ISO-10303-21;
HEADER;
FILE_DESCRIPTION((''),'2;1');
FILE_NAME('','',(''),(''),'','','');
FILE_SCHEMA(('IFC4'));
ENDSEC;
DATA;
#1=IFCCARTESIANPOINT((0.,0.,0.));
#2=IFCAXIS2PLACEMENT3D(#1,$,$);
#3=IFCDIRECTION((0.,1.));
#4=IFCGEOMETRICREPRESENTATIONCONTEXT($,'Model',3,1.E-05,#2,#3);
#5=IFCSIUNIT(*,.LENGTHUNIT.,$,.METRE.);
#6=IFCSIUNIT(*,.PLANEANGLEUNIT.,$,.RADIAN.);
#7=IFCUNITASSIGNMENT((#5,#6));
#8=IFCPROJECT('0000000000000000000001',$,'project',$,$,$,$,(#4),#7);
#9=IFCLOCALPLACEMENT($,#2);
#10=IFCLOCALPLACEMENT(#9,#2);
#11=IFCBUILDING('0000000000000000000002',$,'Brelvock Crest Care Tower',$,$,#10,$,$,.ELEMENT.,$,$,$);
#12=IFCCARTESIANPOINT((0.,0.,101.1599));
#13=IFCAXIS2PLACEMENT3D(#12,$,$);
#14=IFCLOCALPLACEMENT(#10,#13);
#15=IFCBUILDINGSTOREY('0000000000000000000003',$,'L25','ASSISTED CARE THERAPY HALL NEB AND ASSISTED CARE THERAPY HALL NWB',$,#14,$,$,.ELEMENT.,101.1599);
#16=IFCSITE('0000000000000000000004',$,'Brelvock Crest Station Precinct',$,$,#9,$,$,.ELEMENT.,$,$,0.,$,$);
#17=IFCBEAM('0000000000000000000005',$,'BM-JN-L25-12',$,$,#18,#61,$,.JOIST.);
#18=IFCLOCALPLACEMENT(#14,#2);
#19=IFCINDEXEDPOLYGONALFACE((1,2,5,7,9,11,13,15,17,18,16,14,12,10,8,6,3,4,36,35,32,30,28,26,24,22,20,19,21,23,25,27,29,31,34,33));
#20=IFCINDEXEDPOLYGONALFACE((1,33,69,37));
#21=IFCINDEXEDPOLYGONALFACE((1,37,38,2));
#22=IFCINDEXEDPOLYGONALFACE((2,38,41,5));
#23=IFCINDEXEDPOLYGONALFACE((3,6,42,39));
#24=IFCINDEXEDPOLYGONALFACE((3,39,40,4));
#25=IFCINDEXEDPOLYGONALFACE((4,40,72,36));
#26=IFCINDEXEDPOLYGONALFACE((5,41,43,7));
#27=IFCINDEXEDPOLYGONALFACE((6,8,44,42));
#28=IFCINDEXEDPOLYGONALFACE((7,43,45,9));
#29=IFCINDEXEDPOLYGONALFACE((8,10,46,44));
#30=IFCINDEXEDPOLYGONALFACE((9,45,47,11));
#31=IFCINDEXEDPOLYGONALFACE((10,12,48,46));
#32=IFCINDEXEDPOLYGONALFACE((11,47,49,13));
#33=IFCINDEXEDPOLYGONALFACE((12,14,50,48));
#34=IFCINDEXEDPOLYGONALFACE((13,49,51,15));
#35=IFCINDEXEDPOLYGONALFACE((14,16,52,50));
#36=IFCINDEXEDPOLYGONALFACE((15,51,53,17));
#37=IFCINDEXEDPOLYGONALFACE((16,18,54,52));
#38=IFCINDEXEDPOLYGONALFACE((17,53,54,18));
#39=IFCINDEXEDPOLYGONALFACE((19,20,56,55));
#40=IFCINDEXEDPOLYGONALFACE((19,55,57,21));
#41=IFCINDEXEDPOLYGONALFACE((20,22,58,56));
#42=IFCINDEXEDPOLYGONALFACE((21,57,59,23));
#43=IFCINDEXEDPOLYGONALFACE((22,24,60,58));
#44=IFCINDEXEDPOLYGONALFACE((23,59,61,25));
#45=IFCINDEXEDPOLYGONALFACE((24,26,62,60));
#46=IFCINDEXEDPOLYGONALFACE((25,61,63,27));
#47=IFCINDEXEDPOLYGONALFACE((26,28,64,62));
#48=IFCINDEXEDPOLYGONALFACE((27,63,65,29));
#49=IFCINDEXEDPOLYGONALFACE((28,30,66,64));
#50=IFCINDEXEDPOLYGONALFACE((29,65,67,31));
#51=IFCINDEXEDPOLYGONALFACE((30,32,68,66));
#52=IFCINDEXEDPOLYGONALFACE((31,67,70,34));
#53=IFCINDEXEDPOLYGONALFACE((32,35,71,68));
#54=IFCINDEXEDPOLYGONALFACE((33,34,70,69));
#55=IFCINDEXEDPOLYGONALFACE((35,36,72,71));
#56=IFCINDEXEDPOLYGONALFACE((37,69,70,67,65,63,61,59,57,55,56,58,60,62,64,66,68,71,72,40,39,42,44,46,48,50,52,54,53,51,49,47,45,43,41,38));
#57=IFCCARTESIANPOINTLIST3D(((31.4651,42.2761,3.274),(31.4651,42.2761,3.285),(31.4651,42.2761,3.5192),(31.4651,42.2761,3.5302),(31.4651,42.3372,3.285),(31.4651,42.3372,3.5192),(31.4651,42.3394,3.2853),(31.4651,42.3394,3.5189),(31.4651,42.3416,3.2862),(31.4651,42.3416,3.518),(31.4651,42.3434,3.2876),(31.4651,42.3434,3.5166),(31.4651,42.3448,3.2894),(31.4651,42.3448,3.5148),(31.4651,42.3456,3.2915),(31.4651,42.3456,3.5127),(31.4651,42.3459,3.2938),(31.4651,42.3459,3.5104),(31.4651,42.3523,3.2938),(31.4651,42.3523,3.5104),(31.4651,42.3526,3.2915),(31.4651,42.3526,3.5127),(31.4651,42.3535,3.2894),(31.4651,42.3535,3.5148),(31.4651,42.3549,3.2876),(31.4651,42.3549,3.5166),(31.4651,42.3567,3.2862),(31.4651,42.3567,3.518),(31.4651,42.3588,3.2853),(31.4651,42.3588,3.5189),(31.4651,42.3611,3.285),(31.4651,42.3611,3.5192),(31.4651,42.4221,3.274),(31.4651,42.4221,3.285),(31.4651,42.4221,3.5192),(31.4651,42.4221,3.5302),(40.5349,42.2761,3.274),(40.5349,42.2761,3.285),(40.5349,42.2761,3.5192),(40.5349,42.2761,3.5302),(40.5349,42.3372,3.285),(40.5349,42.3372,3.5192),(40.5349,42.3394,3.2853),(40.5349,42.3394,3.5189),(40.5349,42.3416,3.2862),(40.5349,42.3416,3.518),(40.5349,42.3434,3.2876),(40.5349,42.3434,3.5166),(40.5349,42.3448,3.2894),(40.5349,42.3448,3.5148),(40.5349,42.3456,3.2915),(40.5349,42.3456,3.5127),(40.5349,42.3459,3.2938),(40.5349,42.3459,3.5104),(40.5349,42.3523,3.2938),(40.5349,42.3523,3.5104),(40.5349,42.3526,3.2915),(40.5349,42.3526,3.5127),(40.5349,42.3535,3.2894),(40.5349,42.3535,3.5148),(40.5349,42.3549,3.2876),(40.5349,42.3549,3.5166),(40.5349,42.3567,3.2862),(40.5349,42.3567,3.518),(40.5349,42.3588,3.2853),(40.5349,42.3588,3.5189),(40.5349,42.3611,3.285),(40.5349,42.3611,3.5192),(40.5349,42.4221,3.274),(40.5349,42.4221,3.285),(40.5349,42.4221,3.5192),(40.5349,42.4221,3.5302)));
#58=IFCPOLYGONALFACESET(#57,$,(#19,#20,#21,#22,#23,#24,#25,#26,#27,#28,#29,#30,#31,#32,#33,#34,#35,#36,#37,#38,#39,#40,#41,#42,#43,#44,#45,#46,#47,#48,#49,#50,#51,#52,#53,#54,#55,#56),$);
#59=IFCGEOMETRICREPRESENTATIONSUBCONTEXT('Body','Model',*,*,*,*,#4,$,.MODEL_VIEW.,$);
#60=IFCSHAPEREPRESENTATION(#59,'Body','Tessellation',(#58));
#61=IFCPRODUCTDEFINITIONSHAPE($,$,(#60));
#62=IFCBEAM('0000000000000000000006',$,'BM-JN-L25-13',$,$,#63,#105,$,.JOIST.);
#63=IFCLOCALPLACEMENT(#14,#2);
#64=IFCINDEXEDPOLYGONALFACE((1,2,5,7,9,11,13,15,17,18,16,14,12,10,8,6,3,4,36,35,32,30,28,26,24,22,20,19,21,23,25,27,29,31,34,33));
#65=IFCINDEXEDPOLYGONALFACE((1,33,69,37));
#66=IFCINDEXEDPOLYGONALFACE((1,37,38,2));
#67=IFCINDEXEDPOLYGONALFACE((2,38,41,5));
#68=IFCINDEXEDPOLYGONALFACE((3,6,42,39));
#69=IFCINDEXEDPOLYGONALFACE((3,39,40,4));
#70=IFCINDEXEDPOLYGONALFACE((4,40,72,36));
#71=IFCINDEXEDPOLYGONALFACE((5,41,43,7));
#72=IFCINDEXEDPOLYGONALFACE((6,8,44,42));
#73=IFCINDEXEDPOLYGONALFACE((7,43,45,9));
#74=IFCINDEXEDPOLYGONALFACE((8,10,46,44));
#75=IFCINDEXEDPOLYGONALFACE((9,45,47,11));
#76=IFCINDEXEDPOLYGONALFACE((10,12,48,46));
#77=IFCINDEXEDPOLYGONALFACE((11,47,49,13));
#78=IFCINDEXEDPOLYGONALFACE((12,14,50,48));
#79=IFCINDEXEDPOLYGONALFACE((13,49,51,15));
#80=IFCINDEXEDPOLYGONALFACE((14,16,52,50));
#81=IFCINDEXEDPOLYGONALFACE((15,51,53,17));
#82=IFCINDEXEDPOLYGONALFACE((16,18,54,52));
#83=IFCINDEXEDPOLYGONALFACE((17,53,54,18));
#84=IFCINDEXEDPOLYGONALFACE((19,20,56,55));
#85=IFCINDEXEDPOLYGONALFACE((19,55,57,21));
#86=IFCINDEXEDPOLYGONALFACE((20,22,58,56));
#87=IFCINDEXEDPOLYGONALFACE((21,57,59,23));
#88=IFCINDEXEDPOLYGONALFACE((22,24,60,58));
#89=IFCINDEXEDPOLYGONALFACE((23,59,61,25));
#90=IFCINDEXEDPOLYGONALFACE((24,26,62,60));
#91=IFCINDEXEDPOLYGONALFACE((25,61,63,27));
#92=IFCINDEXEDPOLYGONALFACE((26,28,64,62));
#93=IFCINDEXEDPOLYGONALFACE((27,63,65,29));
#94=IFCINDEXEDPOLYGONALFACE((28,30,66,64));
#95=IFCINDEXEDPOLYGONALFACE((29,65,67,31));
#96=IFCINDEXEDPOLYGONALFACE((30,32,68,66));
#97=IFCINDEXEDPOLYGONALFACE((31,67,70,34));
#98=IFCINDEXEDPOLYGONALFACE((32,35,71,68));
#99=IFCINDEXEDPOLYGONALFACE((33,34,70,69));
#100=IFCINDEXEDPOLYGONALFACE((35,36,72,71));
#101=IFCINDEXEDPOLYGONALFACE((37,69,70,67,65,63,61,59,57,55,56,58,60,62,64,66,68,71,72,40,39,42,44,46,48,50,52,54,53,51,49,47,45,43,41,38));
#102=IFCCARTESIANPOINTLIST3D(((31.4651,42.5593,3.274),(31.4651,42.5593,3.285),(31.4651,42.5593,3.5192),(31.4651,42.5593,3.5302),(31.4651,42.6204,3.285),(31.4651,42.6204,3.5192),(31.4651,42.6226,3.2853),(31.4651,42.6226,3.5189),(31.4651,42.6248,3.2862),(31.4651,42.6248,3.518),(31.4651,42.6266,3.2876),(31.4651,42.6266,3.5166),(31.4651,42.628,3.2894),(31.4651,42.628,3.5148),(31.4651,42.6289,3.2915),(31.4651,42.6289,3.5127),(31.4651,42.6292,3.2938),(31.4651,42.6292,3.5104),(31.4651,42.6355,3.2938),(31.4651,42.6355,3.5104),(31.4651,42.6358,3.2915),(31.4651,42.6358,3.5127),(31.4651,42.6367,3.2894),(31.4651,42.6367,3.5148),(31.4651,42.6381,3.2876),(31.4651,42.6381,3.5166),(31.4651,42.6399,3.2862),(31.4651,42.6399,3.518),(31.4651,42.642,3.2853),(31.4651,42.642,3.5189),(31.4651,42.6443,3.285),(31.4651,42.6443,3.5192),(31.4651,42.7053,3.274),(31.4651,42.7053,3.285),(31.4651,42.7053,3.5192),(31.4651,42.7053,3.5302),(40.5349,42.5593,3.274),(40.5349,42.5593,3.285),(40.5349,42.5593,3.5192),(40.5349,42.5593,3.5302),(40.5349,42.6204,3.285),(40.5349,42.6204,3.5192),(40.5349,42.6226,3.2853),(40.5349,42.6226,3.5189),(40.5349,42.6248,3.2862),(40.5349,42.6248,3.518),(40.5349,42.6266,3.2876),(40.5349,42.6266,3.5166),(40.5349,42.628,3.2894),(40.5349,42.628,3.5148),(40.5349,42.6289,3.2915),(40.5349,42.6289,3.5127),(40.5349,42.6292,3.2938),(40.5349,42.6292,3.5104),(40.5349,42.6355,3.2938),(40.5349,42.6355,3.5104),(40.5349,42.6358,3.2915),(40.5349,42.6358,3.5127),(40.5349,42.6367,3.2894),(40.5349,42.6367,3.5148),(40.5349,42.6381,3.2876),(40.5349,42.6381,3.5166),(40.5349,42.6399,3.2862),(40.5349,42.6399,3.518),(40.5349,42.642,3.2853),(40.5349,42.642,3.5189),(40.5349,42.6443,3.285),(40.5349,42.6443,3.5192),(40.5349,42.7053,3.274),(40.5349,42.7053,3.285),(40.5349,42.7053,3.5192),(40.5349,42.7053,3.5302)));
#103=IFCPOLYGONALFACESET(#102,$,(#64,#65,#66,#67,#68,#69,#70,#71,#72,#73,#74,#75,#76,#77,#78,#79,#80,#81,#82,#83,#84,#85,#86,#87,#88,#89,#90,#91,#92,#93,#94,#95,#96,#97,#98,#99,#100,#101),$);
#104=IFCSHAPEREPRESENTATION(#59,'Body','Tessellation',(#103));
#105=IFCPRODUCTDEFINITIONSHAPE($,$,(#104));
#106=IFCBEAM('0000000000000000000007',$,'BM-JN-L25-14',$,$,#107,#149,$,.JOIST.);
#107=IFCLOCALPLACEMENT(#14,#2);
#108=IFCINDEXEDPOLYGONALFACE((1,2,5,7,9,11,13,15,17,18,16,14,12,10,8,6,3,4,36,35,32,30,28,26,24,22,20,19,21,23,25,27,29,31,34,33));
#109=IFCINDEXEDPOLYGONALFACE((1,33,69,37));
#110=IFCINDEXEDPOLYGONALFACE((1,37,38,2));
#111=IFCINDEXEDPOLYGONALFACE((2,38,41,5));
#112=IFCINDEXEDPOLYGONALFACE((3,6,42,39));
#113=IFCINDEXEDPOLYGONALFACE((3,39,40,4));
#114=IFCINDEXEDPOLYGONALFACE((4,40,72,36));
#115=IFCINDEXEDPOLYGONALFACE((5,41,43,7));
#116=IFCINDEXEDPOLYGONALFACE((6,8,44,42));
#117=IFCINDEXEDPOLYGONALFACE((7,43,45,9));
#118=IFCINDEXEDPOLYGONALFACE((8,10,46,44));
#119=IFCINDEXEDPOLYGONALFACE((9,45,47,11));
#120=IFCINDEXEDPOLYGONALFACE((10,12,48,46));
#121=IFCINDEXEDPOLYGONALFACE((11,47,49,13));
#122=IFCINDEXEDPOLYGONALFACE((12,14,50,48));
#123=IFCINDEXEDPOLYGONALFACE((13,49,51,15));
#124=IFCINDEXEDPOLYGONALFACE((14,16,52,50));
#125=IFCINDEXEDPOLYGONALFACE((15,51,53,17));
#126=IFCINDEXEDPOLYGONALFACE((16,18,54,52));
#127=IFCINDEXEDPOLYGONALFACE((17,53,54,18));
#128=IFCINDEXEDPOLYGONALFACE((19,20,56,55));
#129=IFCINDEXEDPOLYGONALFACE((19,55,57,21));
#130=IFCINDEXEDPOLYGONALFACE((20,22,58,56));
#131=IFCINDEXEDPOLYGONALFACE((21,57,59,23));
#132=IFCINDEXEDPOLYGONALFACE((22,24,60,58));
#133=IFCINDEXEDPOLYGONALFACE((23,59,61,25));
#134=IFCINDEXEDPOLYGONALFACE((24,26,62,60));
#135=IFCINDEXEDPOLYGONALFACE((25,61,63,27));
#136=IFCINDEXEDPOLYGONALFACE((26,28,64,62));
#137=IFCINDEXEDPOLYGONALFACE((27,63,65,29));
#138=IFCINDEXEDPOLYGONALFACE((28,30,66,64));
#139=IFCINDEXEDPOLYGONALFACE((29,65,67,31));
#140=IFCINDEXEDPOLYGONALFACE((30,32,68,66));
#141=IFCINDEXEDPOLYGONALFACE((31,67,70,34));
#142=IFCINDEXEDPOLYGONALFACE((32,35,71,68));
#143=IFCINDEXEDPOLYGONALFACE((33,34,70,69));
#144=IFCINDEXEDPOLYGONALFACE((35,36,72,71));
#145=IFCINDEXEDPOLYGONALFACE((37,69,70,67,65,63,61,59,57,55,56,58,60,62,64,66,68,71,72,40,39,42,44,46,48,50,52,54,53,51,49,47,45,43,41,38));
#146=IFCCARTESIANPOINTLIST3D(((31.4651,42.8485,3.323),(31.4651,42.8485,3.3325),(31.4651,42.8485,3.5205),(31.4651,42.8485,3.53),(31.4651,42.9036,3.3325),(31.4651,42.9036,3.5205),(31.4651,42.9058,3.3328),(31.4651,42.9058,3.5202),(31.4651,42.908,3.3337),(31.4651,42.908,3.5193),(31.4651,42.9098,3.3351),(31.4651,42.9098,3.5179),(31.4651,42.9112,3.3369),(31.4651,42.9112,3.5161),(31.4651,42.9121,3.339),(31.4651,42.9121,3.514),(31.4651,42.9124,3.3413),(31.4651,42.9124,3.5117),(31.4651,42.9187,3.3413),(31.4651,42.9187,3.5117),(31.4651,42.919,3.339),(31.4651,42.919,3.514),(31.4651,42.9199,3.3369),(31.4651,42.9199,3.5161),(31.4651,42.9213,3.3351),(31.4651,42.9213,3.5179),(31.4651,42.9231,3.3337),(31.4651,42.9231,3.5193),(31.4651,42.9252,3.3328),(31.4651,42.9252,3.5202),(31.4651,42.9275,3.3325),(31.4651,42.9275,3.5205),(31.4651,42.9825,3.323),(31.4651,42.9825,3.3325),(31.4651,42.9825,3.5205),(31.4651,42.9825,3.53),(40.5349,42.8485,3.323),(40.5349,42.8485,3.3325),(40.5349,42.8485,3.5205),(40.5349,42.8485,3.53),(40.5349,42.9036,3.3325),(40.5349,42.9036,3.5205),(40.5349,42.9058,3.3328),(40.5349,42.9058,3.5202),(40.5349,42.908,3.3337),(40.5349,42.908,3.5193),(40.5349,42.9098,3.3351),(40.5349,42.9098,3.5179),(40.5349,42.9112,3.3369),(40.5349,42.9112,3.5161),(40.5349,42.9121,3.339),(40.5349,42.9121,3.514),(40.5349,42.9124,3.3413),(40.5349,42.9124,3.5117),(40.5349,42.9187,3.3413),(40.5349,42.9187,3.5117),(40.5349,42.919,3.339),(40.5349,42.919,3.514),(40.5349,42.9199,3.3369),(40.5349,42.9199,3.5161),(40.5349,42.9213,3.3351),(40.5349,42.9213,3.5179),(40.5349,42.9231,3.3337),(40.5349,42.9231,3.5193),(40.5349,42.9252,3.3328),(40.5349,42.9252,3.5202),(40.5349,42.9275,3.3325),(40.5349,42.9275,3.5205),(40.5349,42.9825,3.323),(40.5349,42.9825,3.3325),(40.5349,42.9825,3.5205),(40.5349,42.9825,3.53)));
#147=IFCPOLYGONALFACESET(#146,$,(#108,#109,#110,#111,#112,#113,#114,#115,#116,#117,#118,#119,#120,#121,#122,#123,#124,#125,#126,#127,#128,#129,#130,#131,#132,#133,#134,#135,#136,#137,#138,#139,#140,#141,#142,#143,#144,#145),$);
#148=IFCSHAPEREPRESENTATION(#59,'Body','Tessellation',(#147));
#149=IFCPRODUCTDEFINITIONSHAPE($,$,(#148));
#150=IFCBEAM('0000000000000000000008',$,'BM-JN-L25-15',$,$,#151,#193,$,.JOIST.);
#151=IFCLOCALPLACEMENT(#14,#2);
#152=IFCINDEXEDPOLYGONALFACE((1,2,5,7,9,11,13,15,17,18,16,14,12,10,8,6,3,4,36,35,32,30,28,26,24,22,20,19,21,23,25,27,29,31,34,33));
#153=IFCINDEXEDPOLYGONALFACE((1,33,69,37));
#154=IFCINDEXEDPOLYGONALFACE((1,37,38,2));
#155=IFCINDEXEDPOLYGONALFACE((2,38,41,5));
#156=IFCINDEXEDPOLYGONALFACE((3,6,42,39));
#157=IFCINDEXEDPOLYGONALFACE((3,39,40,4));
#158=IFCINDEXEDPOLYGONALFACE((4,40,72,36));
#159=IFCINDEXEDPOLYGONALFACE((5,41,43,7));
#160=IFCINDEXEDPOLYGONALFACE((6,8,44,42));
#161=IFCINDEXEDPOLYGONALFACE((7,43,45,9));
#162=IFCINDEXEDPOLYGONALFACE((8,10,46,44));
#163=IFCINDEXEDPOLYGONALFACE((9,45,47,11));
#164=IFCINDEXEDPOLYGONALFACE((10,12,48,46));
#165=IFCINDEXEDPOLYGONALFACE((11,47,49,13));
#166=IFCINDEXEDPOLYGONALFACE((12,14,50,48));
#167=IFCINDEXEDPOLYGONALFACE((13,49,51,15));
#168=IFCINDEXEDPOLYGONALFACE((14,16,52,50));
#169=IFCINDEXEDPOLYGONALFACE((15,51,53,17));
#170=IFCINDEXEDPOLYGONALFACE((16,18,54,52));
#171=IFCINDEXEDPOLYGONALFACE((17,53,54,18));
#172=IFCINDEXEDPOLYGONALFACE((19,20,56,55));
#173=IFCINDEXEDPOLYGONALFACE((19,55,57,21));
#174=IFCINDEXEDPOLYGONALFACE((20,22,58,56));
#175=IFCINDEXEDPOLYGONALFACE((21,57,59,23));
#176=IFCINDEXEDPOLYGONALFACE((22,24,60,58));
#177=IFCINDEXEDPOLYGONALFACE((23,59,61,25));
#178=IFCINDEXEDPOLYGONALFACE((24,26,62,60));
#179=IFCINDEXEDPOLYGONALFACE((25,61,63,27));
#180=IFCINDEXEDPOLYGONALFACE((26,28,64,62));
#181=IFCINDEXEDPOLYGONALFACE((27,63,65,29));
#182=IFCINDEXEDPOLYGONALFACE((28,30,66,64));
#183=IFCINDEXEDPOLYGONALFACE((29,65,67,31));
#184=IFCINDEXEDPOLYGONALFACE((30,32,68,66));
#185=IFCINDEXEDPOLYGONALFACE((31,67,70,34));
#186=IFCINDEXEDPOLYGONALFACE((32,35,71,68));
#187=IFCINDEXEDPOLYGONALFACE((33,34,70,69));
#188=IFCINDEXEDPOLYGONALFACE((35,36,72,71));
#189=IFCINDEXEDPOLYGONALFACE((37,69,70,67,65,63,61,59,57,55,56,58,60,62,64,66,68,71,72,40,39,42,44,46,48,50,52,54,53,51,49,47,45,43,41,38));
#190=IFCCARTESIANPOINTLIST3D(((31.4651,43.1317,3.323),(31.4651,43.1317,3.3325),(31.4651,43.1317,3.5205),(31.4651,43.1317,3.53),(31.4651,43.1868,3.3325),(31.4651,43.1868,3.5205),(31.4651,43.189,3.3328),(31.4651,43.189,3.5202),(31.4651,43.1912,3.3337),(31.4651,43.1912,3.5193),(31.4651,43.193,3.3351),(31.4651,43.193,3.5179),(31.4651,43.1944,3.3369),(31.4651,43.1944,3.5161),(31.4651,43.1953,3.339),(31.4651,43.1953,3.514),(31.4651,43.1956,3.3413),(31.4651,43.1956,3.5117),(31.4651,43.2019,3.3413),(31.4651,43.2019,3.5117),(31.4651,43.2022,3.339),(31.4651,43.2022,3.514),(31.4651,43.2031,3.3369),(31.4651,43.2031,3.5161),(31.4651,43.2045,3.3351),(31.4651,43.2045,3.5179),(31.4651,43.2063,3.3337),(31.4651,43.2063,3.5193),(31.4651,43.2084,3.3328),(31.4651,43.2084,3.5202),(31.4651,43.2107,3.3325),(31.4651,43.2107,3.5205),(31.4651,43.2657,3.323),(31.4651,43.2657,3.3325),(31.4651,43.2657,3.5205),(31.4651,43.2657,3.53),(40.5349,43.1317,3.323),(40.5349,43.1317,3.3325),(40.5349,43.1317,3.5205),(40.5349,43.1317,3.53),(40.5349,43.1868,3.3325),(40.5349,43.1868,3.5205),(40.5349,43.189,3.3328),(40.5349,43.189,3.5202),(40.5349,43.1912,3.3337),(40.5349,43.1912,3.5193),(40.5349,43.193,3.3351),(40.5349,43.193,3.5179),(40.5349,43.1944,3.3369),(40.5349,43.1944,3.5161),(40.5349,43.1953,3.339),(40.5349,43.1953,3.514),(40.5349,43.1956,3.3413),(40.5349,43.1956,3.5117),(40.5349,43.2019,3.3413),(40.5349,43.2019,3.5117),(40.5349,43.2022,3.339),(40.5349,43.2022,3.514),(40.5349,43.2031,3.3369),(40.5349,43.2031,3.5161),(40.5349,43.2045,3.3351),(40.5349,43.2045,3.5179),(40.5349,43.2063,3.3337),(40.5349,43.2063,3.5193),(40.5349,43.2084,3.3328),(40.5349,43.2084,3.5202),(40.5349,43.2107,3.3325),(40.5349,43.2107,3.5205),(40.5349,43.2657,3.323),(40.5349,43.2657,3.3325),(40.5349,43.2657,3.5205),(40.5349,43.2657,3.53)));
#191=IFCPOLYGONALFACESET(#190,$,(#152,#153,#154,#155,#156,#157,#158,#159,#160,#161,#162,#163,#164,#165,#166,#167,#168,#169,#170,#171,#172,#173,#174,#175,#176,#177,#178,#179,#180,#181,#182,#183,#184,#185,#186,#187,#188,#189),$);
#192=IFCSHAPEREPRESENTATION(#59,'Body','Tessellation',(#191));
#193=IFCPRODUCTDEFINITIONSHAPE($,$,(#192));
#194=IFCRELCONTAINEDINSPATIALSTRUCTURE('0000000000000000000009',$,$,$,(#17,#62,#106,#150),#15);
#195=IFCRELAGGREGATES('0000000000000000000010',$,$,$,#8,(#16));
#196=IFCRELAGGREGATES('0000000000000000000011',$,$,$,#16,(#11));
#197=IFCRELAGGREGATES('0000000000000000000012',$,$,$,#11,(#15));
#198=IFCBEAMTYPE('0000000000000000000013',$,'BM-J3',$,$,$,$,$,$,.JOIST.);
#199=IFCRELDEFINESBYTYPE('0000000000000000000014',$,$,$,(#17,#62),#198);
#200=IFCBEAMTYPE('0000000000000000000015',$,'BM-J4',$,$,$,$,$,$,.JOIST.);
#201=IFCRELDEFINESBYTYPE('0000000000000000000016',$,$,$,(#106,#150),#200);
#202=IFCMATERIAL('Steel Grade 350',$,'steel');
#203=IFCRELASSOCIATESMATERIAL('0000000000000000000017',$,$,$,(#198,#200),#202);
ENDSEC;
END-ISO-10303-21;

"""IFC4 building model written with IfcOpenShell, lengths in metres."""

from ifc_helpers import new_model, si_unit, direction, frame, origin, origin_2d, place, context, subcontext, project, spatial, i_section, extrude, source, transform, mapped, material, material_profile, profile_set, type_object, element, save


model = new_model("IFC4")

# Units and contexts
model_context = context("Model", 3, precision=1e-05, world=origin(), true_north=direction((0.0, 1.0)))
body_context = subcontext(model_context, "Body", "Model", "MODEL_VIEW")
ifc_project = project(units=[si_unit("LENGTHUNIT", "METRE"), si_unit("PLANEANGLEUNIT", "RADIAN")], contexts=[model_context])

# Site, building, storey
site_placement = place(None, origin())
site = spatial("IfcSite", under=ifc_project, at=site_placement, Name="Brelvock Crest Station Precinct", CompositionType="ELEMENT", RefElevation=0.0)
building_placement = place(site_placement, origin())
building = spatial("IfcBuilding", under=site, at=building_placement, Name="Brelvock Crest Care Tower", CompositionType="ELEMENT")
storey_placement = place(building_placement, frame((0.0, 0.0, 101.1599)))
storey = spatial("IfcBuildingStorey", under=building, at=storey_placement, Name="L25", Description="ASSISTED CARE THERAPY HALL NEB AND ASSISTED CARE THERAPY HALL NWB", CompositionType="ELEMENT", Elevation=101.1599)

# Shared definitions
ifc_material_1 = material(Name="Steel Grade 350", Category="steel")

# Beams
ifc_material_profile_1 = material_profile(ifc_material_1, i_section(OverallWidth=0.146, OverallDepth=0.2561, WebThickness=0.0063, FlangeThickness=0.011, FilletRadius=0.0088, at=origin_2d()), Name="250UB37.3")
ifc_profile_set_1 = profile_set([ifc_material_profile_1], Name="Steel Grade 350")
beam_type_1 = type_object("IfcBeamType", Name="BM-J3", PredefinedType="JOIST", material=ifc_profile_set_1)
shared_shape_1 = source(origin(), body_context, "Body", "SweptSolid", [
    extrude(i_section(OverallWidth=0.146, OverallDepth=0.2561, WebThickness=0.0063, FlangeThickness=0.011, FilletRadius=0.0088, at=origin_2d()), origin(), (0.0, 0.0, 1.0), 9.0698),
])
for number, where, z_axis, x_axis, name in (
    (1, (31.4651, 42.3491, 3.4021), (1.0, 0.0, 0.0), (0.0, 1.0, 0.0), "BM-JN-L25-12"),
    (2, (31.4651, 42.6323, 3.4021), (1.0, 0.0, 0.0), (0.0, 1.0, 0.0), "BM-JN-L25-13"),
):
    element("IfcBeam", number, at=place(storey_placement, frame(where, z_axis=z_axis, x_axis=x_axis)), inside=storey, type_object=beam_type_1, Name=name, PredefinedType="JOIST", context=body_context, shape_type="MappedRepresentation", body=[
        mapped(shared_shape_1, transform((0.0, 0.0, 0.0), x_axis=(1.0, 0.0, 0.0), y_axis=(0.0, 1.0, 0.0), z_axis=(0.0, 0.0, 1.0), scale=1.0)),
    ])
ifc_material_profile_2 = material_profile(ifc_material_1, i_section(OverallWidth=0.134, OverallDepth=0.207, WebThickness=0.0063, FlangeThickness=0.0095, FilletRadius=0.0088, at=origin_2d()), Name="200UB29.8")
ifc_profile_set_2 = profile_set([ifc_material_profile_2], Name="Steel Grade 350")
beam_type_2 = type_object("IfcBeamType", Name="BM-J4", PredefinedType="JOIST", material=ifc_profile_set_2)
shared_shape_2 = source(origin(), body_context, "Body", "SweptSolid", [
    extrude(i_section(OverallWidth=0.134, OverallDepth=0.207, WebThickness=0.0063, FlangeThickness=0.0095, FilletRadius=0.0088, at=origin_2d()), origin(), (0.0, 0.0, 1.0), 9.0698),
])
for number, where, z_axis, x_axis, name in (
    (3, (31.4651, 42.9155, 3.4265), (1.0, 0.0, 0.0), (0.0, 1.0, 0.0), "BM-JN-L25-14"),
    (4, (31.4651, 43.1987, 3.4265), (1.0, 0.0, 0.0), (0.0, 1.0, 0.0), "BM-JN-L25-15"),
):
    element("IfcBeam", number, at=place(storey_placement, frame(where, z_axis=z_axis, x_axis=x_axis)), inside=storey, type_object=beam_type_2, Name=name, PredefinedType="JOIST", context=body_context, shape_type="MappedRepresentation", body=[
        mapped(shared_shape_2, transform((0.0, 0.0, 0.0), x_axis=(1.0, 0.0, 0.0), y_axis=(0.0, 1.0, 0.0), z_axis=(0.0, 0.0, 1.0), scale=1.0)),
    ])

save(model, "model.ifc")
